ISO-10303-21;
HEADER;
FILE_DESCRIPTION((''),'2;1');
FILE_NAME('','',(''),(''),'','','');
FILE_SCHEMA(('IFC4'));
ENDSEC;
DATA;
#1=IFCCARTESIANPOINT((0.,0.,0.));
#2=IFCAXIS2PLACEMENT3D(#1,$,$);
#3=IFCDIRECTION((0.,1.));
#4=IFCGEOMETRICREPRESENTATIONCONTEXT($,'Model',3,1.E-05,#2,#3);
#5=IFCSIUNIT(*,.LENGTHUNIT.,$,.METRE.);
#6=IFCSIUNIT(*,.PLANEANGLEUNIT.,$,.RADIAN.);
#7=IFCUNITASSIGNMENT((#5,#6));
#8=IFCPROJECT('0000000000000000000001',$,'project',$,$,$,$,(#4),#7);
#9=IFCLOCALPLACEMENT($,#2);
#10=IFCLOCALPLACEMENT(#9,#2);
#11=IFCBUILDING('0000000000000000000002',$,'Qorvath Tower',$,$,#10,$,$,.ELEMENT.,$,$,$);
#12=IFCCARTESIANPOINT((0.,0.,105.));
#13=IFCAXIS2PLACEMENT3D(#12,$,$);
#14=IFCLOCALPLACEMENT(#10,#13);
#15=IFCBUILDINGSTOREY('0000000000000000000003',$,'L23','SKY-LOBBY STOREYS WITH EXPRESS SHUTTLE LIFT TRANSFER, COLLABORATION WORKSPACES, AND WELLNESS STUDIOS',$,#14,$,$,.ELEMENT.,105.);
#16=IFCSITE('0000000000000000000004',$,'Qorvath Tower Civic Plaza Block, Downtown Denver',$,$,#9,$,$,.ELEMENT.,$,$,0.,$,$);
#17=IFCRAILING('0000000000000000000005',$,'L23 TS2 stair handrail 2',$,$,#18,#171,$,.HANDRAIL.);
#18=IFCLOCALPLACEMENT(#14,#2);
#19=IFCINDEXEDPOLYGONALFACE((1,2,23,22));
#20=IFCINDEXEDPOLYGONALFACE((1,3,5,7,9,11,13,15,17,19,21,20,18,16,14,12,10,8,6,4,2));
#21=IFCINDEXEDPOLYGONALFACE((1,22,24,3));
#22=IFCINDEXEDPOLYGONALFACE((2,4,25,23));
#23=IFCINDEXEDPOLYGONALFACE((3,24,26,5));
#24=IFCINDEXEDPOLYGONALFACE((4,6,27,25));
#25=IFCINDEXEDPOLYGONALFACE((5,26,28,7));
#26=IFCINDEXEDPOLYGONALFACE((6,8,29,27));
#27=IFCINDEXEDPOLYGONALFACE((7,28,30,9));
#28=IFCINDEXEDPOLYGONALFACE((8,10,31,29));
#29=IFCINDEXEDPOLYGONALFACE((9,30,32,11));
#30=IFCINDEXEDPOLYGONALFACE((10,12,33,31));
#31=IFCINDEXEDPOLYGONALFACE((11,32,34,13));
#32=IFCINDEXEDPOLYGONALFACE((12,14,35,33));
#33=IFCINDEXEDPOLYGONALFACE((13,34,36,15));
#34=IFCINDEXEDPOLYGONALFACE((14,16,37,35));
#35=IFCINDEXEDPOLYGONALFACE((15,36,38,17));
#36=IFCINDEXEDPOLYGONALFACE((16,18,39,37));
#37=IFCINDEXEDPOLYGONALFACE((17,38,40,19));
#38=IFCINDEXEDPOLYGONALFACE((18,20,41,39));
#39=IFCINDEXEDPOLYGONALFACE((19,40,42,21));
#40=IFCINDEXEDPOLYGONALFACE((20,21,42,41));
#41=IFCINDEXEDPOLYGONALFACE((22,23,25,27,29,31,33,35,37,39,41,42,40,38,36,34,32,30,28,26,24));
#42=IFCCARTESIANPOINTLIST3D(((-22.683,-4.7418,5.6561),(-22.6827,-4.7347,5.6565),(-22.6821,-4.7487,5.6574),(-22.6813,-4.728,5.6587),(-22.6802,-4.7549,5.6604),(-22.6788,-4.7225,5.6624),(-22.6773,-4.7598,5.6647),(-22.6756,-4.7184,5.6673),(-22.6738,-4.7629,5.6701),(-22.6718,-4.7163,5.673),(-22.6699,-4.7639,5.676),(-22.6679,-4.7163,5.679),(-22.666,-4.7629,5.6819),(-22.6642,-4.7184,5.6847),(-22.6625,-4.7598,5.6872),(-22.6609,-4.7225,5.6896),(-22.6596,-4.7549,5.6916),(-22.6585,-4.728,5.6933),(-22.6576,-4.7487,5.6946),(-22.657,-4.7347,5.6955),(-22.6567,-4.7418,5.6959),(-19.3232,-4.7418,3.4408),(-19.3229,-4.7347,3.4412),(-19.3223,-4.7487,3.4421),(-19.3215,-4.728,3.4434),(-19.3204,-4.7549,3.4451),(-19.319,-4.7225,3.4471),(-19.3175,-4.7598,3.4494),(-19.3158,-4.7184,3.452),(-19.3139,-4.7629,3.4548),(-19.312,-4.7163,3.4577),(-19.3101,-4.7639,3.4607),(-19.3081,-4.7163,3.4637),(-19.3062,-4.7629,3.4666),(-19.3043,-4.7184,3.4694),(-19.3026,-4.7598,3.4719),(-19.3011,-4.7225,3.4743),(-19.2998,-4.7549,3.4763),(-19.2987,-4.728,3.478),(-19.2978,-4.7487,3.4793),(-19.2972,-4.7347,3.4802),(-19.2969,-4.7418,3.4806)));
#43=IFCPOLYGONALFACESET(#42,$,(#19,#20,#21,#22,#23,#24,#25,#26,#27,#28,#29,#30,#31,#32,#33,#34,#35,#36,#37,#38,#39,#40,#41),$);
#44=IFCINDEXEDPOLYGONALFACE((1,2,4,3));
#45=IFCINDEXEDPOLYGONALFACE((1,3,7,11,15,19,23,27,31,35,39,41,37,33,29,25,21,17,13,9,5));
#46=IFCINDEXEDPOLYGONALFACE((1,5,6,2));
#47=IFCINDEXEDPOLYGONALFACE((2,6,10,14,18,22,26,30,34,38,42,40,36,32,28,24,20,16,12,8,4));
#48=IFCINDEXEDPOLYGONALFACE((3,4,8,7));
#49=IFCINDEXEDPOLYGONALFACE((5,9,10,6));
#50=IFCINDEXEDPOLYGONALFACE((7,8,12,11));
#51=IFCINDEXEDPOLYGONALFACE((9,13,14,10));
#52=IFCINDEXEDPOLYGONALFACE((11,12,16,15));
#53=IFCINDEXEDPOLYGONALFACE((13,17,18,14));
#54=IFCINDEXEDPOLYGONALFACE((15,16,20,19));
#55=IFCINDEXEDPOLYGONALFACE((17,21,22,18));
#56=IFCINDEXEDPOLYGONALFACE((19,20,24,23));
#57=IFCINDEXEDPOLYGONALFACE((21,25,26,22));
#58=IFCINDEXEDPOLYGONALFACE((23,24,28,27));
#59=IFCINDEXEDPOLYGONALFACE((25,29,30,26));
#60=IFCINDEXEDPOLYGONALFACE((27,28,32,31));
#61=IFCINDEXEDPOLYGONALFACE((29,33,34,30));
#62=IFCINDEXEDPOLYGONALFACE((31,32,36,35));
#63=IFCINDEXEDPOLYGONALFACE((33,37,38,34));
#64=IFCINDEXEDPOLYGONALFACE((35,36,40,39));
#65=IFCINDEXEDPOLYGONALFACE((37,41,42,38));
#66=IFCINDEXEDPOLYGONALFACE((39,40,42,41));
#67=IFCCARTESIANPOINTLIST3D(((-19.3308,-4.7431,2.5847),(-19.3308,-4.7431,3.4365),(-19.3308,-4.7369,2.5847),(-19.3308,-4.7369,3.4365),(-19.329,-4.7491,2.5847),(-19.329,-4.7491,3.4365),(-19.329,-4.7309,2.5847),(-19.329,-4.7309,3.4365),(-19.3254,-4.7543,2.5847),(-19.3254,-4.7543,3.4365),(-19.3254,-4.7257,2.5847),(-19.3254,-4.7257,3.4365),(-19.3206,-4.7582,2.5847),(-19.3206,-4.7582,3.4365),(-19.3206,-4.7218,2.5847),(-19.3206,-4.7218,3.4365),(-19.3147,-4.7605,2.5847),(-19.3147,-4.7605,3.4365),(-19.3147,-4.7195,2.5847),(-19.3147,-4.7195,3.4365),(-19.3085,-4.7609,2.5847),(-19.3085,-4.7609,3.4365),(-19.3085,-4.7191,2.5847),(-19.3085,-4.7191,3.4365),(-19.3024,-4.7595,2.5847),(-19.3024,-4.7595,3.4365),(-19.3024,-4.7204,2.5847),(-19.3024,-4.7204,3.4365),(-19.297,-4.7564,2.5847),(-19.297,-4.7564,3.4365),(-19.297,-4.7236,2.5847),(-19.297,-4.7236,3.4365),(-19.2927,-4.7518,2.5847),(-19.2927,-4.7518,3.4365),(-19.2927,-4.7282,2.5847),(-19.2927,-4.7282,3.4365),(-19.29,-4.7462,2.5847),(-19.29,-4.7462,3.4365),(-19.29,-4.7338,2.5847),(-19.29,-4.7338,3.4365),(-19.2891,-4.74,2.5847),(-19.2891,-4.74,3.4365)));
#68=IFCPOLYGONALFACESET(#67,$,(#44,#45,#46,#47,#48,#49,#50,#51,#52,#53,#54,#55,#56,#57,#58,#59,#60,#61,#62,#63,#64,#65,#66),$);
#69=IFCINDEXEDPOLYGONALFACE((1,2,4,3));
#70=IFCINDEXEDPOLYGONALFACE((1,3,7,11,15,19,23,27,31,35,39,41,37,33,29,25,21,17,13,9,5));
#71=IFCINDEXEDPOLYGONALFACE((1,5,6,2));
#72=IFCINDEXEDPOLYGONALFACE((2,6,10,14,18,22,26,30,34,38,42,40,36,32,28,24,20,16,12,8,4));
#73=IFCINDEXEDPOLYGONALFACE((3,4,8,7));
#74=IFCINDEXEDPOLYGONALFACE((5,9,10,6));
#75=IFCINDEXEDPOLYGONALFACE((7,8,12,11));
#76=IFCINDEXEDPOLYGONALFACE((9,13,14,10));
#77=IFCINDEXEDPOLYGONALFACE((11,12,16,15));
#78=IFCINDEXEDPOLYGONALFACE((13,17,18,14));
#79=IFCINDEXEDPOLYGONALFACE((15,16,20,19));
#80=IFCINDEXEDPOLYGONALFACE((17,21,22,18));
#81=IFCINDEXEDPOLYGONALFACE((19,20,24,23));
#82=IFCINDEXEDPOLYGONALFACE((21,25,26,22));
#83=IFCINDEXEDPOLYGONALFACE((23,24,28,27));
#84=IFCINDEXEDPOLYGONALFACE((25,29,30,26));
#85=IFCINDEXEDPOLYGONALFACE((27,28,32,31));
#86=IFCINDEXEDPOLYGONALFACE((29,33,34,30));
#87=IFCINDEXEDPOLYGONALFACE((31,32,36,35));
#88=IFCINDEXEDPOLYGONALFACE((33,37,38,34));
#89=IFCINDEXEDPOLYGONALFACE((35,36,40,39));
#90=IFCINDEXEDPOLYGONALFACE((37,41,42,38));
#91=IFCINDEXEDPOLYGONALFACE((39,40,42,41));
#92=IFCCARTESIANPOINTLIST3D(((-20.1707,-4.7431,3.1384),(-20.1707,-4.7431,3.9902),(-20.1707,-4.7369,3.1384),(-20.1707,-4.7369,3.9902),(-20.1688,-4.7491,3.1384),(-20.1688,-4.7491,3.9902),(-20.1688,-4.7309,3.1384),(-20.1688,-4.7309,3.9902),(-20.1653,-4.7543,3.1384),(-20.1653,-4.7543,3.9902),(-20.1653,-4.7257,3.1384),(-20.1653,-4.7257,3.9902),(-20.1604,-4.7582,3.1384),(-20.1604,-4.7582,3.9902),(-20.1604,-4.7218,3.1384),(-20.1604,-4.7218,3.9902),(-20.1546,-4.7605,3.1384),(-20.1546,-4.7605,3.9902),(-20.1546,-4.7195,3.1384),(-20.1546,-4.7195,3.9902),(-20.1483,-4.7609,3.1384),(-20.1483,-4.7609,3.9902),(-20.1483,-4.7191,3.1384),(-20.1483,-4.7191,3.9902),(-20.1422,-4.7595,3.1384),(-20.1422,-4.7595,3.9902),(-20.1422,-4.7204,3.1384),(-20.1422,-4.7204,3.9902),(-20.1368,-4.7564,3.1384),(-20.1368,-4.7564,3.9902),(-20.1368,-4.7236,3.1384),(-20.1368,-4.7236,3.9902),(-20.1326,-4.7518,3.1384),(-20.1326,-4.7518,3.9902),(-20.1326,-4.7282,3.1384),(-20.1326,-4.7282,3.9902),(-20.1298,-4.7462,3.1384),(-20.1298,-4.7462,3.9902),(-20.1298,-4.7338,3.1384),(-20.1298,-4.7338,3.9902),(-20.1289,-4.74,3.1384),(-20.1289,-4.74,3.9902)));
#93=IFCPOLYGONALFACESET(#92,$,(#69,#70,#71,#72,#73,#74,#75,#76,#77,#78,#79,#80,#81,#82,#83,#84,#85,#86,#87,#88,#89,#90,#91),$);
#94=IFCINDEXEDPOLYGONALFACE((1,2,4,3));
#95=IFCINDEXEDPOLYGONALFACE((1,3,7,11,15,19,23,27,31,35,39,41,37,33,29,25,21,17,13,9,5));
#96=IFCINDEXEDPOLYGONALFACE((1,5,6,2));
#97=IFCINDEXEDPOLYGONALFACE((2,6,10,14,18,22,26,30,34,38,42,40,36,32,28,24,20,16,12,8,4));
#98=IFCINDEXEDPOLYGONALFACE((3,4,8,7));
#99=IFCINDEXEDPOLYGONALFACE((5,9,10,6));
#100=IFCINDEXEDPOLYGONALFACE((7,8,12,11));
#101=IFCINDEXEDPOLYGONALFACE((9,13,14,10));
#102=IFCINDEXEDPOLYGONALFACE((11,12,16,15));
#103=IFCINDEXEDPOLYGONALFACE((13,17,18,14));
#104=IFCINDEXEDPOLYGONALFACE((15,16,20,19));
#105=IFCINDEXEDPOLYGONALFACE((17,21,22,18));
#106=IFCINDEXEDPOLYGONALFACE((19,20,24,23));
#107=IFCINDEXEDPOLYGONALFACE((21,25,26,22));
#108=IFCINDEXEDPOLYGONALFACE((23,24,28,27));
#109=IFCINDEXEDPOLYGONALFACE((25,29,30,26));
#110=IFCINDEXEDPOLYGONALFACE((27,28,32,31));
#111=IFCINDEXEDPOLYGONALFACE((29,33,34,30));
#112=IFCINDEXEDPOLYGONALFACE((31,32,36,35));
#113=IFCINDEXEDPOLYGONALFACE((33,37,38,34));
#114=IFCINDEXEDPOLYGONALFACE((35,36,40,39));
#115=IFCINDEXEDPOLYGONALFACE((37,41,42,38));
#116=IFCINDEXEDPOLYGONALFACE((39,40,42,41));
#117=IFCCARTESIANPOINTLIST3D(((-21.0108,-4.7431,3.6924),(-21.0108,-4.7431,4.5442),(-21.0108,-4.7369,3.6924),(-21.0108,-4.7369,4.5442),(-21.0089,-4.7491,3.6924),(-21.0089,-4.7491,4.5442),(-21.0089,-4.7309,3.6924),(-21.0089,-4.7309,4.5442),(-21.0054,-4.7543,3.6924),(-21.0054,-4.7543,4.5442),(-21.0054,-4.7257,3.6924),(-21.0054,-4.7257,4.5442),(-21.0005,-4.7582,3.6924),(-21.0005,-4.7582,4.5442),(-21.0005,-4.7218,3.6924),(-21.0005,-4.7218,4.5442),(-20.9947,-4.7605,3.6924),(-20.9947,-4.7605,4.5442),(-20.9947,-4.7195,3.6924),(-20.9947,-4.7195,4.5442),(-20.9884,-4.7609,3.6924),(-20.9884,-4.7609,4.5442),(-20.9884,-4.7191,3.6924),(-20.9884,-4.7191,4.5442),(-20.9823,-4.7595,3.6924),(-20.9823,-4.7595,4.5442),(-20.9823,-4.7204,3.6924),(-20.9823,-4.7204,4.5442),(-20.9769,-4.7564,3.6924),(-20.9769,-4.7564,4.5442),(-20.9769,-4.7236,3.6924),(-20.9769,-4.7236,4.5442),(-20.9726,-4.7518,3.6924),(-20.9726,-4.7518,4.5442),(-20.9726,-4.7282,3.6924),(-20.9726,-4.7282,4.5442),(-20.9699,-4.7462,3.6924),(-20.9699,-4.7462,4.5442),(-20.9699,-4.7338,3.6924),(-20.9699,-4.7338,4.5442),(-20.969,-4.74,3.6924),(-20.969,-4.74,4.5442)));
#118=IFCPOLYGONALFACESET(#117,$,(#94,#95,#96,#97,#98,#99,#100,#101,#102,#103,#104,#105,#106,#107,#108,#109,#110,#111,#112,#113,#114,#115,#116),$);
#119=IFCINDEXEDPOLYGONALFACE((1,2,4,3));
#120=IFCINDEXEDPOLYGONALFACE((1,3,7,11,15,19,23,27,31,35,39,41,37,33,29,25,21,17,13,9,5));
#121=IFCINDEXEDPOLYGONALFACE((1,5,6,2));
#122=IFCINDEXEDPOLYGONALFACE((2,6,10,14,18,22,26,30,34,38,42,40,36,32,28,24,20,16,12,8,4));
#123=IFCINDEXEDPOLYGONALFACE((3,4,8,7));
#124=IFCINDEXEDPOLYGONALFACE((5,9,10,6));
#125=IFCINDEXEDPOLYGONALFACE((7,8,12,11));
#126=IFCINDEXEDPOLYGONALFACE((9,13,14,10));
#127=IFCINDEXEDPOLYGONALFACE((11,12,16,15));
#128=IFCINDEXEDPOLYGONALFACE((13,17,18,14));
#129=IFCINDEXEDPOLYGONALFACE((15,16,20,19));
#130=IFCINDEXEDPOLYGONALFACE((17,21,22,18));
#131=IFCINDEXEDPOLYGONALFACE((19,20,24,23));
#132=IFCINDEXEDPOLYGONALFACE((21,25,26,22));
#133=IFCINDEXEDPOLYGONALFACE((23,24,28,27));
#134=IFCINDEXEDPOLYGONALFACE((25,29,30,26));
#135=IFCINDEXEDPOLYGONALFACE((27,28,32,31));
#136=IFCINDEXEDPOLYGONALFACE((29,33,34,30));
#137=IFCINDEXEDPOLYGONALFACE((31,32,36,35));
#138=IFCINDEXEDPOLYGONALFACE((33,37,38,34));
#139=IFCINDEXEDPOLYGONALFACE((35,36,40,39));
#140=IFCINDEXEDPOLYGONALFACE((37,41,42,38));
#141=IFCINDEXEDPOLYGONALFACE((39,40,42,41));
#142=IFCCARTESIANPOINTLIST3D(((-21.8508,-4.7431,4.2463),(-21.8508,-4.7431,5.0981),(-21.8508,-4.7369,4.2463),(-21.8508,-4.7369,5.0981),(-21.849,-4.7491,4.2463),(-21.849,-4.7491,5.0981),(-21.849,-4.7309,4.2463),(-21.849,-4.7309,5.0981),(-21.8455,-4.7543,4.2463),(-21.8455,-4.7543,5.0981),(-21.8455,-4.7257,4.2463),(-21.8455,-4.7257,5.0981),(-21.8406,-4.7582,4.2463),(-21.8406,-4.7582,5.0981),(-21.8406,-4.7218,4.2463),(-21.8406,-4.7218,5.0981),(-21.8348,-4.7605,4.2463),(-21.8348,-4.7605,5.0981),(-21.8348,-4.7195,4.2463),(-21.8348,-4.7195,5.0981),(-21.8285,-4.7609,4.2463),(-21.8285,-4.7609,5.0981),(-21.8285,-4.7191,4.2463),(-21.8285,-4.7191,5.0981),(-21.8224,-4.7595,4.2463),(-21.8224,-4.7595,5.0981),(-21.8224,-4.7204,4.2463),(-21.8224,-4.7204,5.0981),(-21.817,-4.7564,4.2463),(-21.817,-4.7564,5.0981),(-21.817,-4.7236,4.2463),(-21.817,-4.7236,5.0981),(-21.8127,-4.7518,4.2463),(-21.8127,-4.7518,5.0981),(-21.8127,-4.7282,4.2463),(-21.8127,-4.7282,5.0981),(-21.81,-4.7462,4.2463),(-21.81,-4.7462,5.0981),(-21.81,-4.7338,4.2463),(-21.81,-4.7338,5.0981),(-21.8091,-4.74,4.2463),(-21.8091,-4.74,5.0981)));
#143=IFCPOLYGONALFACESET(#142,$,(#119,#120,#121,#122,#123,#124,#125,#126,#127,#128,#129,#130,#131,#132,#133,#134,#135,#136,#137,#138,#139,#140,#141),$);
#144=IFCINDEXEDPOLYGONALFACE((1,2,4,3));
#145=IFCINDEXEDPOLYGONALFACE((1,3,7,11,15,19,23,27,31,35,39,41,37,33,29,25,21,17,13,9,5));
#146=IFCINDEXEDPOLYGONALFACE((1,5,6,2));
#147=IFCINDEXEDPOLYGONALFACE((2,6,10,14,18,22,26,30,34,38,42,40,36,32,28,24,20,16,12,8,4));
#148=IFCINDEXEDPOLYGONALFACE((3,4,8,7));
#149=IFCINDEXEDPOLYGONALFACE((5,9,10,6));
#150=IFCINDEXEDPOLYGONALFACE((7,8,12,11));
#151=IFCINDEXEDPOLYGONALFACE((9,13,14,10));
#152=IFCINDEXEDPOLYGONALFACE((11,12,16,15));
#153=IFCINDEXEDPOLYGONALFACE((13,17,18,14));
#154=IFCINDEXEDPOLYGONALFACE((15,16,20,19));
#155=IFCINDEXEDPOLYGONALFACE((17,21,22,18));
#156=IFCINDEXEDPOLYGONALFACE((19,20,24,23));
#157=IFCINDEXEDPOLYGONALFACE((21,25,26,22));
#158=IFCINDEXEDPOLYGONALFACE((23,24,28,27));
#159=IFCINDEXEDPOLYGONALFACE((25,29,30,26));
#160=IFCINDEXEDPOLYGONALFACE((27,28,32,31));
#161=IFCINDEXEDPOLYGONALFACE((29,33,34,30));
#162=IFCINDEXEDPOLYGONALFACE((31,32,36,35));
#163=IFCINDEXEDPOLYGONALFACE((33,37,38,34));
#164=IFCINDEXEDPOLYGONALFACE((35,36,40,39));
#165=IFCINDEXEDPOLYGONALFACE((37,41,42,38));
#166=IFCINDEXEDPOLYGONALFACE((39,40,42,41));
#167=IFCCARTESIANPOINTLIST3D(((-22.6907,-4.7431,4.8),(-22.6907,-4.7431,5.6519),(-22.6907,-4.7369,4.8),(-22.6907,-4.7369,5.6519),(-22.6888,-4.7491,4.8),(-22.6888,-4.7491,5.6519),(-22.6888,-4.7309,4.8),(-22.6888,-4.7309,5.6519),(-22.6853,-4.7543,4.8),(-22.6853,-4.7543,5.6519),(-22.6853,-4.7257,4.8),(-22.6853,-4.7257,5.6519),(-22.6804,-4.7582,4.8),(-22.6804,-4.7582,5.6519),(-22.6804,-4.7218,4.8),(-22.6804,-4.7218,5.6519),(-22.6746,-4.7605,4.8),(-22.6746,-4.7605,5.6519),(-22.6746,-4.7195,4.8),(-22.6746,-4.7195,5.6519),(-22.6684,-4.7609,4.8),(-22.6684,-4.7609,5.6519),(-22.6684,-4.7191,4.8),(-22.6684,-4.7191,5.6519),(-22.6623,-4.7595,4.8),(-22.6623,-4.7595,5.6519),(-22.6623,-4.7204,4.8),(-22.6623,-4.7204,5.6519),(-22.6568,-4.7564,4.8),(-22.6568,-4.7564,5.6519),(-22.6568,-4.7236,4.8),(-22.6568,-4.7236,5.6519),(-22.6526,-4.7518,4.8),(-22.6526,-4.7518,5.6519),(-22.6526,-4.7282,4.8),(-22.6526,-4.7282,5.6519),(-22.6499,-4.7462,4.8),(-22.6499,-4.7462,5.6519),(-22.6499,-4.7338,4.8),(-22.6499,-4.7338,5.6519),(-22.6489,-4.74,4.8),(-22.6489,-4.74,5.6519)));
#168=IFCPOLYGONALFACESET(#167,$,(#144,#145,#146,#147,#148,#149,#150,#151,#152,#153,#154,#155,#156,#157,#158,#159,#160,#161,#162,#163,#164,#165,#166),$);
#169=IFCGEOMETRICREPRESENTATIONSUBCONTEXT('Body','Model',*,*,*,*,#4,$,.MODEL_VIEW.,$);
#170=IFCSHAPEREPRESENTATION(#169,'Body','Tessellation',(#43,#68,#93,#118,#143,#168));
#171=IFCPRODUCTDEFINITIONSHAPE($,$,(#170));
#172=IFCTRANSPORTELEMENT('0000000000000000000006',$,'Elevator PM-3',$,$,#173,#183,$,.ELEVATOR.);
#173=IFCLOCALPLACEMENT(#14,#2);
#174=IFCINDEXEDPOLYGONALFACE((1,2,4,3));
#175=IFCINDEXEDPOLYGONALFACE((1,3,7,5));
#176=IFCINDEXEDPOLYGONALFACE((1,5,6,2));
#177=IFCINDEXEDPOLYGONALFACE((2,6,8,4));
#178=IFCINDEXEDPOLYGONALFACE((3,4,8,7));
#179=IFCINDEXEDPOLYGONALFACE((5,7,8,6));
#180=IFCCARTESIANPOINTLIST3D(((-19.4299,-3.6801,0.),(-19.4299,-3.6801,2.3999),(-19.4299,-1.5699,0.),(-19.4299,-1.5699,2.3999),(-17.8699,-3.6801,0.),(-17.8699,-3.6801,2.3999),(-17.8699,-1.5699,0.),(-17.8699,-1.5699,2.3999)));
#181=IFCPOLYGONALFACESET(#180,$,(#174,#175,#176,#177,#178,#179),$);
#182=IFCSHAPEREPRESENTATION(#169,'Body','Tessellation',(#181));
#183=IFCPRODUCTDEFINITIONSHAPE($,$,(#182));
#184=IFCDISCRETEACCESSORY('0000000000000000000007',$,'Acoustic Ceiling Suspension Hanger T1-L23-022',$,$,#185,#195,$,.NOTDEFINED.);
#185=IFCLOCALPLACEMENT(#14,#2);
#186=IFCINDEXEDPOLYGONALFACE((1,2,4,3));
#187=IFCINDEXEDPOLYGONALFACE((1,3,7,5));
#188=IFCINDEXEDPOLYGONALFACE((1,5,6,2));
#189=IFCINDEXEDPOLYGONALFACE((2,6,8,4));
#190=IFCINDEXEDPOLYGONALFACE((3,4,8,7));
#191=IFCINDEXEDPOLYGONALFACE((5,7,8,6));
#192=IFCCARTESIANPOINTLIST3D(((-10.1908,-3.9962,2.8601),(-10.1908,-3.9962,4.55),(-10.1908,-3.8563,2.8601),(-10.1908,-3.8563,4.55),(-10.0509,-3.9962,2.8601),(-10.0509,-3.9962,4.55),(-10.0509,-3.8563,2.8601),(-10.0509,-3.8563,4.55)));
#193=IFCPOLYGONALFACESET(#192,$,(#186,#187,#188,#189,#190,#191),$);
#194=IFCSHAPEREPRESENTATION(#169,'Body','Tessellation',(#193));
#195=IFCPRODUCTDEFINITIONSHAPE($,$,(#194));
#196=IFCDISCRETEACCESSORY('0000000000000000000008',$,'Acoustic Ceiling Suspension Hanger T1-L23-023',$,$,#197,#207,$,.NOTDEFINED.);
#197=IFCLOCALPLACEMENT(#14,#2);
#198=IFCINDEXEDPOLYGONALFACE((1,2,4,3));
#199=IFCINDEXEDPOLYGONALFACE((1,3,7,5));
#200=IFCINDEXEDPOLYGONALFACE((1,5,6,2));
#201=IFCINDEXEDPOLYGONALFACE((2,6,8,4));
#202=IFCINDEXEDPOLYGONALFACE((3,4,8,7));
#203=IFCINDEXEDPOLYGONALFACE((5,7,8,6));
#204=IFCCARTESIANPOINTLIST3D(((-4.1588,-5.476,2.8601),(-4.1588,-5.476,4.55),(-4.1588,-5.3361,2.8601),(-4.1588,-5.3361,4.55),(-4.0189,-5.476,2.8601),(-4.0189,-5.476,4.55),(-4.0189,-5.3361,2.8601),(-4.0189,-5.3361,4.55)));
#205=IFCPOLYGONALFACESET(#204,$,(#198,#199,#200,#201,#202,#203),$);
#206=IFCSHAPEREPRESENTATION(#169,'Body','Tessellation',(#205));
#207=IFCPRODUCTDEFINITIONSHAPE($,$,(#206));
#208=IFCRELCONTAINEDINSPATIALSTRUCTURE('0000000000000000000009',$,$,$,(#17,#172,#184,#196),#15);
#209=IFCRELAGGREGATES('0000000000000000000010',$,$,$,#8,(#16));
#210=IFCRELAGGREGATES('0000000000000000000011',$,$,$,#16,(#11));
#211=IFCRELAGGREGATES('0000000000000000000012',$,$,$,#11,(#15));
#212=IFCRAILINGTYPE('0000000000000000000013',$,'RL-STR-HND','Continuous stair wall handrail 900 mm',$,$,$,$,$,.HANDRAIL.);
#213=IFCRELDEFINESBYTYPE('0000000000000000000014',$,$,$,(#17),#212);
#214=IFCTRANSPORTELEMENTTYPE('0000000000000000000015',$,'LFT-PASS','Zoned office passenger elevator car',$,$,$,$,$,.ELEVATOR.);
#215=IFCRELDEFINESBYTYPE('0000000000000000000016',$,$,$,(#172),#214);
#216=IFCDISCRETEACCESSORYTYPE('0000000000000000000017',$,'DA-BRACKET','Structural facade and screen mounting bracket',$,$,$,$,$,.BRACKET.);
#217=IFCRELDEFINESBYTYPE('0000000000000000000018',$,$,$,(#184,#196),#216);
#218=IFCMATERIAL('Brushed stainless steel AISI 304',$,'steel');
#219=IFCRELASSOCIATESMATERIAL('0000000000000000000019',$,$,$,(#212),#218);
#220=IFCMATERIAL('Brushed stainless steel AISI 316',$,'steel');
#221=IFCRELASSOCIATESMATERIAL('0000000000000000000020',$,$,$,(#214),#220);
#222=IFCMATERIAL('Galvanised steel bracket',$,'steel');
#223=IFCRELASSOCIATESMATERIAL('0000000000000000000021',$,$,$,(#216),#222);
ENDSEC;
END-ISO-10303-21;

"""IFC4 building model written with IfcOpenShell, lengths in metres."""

from ifc_helpers import new_model, si_unit, direction, frame, origin, origin_2d, place, context, subcontext, project, spatial, rectangle, circle, extrude, material, type_object, element, save


model = new_model("IFC4")

# Units and contexts
model_context = context("Model", 3, precision=1e-05, world=origin(), true_north=direction((0.0, 1.0)))
body_context = subcontext(model_context, "Body", "Model", "MODEL_VIEW")
ifc_project = project(units=[si_unit("LENGTHUNIT", "METRE"), si_unit("PLANEANGLEUNIT", "RADIAN")], contexts=[model_context])

# Site, building, storey
site_placement = place(None, origin())
site = spatial("IfcSite", under=ifc_project, at=site_placement, Name="Qorvath Tower Civic Plaza Block, Downtown Denver", CompositionType="ELEMENT", RefElevation=0.0)
building_placement = place(site_placement, origin())
building = spatial("IfcBuilding", under=site, at=building_placement, Name="Qorvath Tower", CompositionType="ELEMENT")
storey_placement = place(building_placement, frame((0.0, 0.0, 105.0)))
storey = spatial("IfcBuildingStorey", under=building, at=storey_placement, Name="L23", Description="SKY-LOBBY STOREYS WITH EXPRESS SHUTTLE LIFT TRANSFER, COLLABORATION WORKSPACES, AND WELLNESS STUDIOS", CompositionType="ELEMENT", Elevation=105.0)

# Railing
ifc_material_1 = material(Name="Brushed stainless steel AISI 304", Category="steel")
railing_type_1 = type_object("IfcRailingType", Name="RL-STR-HND", Description="Continuous stair wall handrail 900 mm", PredefinedType="HANDRAIL", material=ifc_material_1)
railing_1_placement = place(storey_placement, frame((-19.3101, -4.74, 2.5847)))
element("IfcRailing", 1, at=railing_1_placement, inside=storey, type_object=railing_type_1, Name="L23 TS2 stair handrail 2", PredefinedType="HANDRAIL", context=body_context, shape_type="SweptSolid", body=[
    extrude(circle(Radius=0.0239, at=origin_2d()), frame((0.0, 0.0, 0.876), z_axis=(-0.834858, 0.0, 0.550465), x_axis=(0.0, -1.0, 0.0)), (0.0, 0.0, 1.0), 4.0244),
    extrude(circle(Radius=0.021, at=origin_2d()), origin(), (0.0, 0.0, 1.0), 0.8518),
    extrude(circle(Radius=0.021, at=origin_2d()), frame((-0.8398, 0.0, 0.5537)), (0.0, 0.0, 1.0), 0.8518),
    extrude(circle(Radius=0.021, at=origin_2d()), frame((-1.6799, 0.0, 1.1077)), (0.0, 0.0, 1.0), 0.8518),
    extrude(circle(Radius=0.021, at=origin_2d()), frame((-2.52, 0.0, 1.6616)), (0.0, 0.0, 1.0), 0.8518),
    extrude(circle(Radius=0.021, at=origin_2d()), frame((-3.3599, 0.0, 2.2153)), (0.0, 0.0, 1.0), 0.8518),
])

# Transport element
ifc_material_2 = material(Name="Brushed stainless steel AISI 316", Category="steel")
transport_element_type = type_object("IfcTransportElementType", Name="LFT-PASS", Description="Zoned office passenger elevator car", PredefinedType="ELEVATOR", material=ifc_material_2)
transport_element_placement = place(storey_placement, frame((-18.6499, -2.625, 0.0), z_axis=(0.0, 0.0, 1.0), x_axis=(1.0, 0.0, 0.0)))
element("IfcTransportElement", 2, at=transport_element_placement, inside=storey, type_object=transport_element_type, Name="Elevator PM-3", PredefinedType="ELEVATOR", context=body_context, shape_type="SweptSolid", body=[
    extrude(rectangle(XDim=1.5601, YDim=2.1101, at=origin_2d()), origin(), (0.0, 0.0, 1.0), 2.3999),
])

# Discrete accessories
ifc_material_3 = material(Name="Galvanised steel bracket", Category="steel")
discrete_accessory_type = type_object("IfcDiscreteAccessoryType", Name="DA-BRACKET", Description="Structural facade and screen mounting bracket", PredefinedType="BRACKET", material=ifc_material_3)
for number, where, z_axis, x_axis, name in (
    (3, (-10.1208, -3.9263, 2.8601), (0.0, 0.0, 1.0), (1.0, 0.0, 0.0), "Acoustic Ceiling Suspension Hanger T1-L23-022"),
    (4, (-4.0889, -5.406, 2.8601), (0.0, 0.0, 1.0), (1.0, 0.0, 0.0), "Acoustic Ceiling Suspension Hanger T1-L23-023"),
):
    element("IfcDiscreteAccessory", number, at=place(storey_placement, frame(where, z_axis=z_axis, x_axis=x_axis)), inside=storey, type_object=discrete_accessory_type, Name=name, PredefinedType="NOTDEFINED", context=body_context, shape_type="SweptSolid", body=[
        extrude(rectangle(XDim=0.1399, YDim=0.1399, at=origin_2d()), origin(), (0.0, 0.0, 1.0), 1.6899),
    ])

save(model, "model.ifc")
